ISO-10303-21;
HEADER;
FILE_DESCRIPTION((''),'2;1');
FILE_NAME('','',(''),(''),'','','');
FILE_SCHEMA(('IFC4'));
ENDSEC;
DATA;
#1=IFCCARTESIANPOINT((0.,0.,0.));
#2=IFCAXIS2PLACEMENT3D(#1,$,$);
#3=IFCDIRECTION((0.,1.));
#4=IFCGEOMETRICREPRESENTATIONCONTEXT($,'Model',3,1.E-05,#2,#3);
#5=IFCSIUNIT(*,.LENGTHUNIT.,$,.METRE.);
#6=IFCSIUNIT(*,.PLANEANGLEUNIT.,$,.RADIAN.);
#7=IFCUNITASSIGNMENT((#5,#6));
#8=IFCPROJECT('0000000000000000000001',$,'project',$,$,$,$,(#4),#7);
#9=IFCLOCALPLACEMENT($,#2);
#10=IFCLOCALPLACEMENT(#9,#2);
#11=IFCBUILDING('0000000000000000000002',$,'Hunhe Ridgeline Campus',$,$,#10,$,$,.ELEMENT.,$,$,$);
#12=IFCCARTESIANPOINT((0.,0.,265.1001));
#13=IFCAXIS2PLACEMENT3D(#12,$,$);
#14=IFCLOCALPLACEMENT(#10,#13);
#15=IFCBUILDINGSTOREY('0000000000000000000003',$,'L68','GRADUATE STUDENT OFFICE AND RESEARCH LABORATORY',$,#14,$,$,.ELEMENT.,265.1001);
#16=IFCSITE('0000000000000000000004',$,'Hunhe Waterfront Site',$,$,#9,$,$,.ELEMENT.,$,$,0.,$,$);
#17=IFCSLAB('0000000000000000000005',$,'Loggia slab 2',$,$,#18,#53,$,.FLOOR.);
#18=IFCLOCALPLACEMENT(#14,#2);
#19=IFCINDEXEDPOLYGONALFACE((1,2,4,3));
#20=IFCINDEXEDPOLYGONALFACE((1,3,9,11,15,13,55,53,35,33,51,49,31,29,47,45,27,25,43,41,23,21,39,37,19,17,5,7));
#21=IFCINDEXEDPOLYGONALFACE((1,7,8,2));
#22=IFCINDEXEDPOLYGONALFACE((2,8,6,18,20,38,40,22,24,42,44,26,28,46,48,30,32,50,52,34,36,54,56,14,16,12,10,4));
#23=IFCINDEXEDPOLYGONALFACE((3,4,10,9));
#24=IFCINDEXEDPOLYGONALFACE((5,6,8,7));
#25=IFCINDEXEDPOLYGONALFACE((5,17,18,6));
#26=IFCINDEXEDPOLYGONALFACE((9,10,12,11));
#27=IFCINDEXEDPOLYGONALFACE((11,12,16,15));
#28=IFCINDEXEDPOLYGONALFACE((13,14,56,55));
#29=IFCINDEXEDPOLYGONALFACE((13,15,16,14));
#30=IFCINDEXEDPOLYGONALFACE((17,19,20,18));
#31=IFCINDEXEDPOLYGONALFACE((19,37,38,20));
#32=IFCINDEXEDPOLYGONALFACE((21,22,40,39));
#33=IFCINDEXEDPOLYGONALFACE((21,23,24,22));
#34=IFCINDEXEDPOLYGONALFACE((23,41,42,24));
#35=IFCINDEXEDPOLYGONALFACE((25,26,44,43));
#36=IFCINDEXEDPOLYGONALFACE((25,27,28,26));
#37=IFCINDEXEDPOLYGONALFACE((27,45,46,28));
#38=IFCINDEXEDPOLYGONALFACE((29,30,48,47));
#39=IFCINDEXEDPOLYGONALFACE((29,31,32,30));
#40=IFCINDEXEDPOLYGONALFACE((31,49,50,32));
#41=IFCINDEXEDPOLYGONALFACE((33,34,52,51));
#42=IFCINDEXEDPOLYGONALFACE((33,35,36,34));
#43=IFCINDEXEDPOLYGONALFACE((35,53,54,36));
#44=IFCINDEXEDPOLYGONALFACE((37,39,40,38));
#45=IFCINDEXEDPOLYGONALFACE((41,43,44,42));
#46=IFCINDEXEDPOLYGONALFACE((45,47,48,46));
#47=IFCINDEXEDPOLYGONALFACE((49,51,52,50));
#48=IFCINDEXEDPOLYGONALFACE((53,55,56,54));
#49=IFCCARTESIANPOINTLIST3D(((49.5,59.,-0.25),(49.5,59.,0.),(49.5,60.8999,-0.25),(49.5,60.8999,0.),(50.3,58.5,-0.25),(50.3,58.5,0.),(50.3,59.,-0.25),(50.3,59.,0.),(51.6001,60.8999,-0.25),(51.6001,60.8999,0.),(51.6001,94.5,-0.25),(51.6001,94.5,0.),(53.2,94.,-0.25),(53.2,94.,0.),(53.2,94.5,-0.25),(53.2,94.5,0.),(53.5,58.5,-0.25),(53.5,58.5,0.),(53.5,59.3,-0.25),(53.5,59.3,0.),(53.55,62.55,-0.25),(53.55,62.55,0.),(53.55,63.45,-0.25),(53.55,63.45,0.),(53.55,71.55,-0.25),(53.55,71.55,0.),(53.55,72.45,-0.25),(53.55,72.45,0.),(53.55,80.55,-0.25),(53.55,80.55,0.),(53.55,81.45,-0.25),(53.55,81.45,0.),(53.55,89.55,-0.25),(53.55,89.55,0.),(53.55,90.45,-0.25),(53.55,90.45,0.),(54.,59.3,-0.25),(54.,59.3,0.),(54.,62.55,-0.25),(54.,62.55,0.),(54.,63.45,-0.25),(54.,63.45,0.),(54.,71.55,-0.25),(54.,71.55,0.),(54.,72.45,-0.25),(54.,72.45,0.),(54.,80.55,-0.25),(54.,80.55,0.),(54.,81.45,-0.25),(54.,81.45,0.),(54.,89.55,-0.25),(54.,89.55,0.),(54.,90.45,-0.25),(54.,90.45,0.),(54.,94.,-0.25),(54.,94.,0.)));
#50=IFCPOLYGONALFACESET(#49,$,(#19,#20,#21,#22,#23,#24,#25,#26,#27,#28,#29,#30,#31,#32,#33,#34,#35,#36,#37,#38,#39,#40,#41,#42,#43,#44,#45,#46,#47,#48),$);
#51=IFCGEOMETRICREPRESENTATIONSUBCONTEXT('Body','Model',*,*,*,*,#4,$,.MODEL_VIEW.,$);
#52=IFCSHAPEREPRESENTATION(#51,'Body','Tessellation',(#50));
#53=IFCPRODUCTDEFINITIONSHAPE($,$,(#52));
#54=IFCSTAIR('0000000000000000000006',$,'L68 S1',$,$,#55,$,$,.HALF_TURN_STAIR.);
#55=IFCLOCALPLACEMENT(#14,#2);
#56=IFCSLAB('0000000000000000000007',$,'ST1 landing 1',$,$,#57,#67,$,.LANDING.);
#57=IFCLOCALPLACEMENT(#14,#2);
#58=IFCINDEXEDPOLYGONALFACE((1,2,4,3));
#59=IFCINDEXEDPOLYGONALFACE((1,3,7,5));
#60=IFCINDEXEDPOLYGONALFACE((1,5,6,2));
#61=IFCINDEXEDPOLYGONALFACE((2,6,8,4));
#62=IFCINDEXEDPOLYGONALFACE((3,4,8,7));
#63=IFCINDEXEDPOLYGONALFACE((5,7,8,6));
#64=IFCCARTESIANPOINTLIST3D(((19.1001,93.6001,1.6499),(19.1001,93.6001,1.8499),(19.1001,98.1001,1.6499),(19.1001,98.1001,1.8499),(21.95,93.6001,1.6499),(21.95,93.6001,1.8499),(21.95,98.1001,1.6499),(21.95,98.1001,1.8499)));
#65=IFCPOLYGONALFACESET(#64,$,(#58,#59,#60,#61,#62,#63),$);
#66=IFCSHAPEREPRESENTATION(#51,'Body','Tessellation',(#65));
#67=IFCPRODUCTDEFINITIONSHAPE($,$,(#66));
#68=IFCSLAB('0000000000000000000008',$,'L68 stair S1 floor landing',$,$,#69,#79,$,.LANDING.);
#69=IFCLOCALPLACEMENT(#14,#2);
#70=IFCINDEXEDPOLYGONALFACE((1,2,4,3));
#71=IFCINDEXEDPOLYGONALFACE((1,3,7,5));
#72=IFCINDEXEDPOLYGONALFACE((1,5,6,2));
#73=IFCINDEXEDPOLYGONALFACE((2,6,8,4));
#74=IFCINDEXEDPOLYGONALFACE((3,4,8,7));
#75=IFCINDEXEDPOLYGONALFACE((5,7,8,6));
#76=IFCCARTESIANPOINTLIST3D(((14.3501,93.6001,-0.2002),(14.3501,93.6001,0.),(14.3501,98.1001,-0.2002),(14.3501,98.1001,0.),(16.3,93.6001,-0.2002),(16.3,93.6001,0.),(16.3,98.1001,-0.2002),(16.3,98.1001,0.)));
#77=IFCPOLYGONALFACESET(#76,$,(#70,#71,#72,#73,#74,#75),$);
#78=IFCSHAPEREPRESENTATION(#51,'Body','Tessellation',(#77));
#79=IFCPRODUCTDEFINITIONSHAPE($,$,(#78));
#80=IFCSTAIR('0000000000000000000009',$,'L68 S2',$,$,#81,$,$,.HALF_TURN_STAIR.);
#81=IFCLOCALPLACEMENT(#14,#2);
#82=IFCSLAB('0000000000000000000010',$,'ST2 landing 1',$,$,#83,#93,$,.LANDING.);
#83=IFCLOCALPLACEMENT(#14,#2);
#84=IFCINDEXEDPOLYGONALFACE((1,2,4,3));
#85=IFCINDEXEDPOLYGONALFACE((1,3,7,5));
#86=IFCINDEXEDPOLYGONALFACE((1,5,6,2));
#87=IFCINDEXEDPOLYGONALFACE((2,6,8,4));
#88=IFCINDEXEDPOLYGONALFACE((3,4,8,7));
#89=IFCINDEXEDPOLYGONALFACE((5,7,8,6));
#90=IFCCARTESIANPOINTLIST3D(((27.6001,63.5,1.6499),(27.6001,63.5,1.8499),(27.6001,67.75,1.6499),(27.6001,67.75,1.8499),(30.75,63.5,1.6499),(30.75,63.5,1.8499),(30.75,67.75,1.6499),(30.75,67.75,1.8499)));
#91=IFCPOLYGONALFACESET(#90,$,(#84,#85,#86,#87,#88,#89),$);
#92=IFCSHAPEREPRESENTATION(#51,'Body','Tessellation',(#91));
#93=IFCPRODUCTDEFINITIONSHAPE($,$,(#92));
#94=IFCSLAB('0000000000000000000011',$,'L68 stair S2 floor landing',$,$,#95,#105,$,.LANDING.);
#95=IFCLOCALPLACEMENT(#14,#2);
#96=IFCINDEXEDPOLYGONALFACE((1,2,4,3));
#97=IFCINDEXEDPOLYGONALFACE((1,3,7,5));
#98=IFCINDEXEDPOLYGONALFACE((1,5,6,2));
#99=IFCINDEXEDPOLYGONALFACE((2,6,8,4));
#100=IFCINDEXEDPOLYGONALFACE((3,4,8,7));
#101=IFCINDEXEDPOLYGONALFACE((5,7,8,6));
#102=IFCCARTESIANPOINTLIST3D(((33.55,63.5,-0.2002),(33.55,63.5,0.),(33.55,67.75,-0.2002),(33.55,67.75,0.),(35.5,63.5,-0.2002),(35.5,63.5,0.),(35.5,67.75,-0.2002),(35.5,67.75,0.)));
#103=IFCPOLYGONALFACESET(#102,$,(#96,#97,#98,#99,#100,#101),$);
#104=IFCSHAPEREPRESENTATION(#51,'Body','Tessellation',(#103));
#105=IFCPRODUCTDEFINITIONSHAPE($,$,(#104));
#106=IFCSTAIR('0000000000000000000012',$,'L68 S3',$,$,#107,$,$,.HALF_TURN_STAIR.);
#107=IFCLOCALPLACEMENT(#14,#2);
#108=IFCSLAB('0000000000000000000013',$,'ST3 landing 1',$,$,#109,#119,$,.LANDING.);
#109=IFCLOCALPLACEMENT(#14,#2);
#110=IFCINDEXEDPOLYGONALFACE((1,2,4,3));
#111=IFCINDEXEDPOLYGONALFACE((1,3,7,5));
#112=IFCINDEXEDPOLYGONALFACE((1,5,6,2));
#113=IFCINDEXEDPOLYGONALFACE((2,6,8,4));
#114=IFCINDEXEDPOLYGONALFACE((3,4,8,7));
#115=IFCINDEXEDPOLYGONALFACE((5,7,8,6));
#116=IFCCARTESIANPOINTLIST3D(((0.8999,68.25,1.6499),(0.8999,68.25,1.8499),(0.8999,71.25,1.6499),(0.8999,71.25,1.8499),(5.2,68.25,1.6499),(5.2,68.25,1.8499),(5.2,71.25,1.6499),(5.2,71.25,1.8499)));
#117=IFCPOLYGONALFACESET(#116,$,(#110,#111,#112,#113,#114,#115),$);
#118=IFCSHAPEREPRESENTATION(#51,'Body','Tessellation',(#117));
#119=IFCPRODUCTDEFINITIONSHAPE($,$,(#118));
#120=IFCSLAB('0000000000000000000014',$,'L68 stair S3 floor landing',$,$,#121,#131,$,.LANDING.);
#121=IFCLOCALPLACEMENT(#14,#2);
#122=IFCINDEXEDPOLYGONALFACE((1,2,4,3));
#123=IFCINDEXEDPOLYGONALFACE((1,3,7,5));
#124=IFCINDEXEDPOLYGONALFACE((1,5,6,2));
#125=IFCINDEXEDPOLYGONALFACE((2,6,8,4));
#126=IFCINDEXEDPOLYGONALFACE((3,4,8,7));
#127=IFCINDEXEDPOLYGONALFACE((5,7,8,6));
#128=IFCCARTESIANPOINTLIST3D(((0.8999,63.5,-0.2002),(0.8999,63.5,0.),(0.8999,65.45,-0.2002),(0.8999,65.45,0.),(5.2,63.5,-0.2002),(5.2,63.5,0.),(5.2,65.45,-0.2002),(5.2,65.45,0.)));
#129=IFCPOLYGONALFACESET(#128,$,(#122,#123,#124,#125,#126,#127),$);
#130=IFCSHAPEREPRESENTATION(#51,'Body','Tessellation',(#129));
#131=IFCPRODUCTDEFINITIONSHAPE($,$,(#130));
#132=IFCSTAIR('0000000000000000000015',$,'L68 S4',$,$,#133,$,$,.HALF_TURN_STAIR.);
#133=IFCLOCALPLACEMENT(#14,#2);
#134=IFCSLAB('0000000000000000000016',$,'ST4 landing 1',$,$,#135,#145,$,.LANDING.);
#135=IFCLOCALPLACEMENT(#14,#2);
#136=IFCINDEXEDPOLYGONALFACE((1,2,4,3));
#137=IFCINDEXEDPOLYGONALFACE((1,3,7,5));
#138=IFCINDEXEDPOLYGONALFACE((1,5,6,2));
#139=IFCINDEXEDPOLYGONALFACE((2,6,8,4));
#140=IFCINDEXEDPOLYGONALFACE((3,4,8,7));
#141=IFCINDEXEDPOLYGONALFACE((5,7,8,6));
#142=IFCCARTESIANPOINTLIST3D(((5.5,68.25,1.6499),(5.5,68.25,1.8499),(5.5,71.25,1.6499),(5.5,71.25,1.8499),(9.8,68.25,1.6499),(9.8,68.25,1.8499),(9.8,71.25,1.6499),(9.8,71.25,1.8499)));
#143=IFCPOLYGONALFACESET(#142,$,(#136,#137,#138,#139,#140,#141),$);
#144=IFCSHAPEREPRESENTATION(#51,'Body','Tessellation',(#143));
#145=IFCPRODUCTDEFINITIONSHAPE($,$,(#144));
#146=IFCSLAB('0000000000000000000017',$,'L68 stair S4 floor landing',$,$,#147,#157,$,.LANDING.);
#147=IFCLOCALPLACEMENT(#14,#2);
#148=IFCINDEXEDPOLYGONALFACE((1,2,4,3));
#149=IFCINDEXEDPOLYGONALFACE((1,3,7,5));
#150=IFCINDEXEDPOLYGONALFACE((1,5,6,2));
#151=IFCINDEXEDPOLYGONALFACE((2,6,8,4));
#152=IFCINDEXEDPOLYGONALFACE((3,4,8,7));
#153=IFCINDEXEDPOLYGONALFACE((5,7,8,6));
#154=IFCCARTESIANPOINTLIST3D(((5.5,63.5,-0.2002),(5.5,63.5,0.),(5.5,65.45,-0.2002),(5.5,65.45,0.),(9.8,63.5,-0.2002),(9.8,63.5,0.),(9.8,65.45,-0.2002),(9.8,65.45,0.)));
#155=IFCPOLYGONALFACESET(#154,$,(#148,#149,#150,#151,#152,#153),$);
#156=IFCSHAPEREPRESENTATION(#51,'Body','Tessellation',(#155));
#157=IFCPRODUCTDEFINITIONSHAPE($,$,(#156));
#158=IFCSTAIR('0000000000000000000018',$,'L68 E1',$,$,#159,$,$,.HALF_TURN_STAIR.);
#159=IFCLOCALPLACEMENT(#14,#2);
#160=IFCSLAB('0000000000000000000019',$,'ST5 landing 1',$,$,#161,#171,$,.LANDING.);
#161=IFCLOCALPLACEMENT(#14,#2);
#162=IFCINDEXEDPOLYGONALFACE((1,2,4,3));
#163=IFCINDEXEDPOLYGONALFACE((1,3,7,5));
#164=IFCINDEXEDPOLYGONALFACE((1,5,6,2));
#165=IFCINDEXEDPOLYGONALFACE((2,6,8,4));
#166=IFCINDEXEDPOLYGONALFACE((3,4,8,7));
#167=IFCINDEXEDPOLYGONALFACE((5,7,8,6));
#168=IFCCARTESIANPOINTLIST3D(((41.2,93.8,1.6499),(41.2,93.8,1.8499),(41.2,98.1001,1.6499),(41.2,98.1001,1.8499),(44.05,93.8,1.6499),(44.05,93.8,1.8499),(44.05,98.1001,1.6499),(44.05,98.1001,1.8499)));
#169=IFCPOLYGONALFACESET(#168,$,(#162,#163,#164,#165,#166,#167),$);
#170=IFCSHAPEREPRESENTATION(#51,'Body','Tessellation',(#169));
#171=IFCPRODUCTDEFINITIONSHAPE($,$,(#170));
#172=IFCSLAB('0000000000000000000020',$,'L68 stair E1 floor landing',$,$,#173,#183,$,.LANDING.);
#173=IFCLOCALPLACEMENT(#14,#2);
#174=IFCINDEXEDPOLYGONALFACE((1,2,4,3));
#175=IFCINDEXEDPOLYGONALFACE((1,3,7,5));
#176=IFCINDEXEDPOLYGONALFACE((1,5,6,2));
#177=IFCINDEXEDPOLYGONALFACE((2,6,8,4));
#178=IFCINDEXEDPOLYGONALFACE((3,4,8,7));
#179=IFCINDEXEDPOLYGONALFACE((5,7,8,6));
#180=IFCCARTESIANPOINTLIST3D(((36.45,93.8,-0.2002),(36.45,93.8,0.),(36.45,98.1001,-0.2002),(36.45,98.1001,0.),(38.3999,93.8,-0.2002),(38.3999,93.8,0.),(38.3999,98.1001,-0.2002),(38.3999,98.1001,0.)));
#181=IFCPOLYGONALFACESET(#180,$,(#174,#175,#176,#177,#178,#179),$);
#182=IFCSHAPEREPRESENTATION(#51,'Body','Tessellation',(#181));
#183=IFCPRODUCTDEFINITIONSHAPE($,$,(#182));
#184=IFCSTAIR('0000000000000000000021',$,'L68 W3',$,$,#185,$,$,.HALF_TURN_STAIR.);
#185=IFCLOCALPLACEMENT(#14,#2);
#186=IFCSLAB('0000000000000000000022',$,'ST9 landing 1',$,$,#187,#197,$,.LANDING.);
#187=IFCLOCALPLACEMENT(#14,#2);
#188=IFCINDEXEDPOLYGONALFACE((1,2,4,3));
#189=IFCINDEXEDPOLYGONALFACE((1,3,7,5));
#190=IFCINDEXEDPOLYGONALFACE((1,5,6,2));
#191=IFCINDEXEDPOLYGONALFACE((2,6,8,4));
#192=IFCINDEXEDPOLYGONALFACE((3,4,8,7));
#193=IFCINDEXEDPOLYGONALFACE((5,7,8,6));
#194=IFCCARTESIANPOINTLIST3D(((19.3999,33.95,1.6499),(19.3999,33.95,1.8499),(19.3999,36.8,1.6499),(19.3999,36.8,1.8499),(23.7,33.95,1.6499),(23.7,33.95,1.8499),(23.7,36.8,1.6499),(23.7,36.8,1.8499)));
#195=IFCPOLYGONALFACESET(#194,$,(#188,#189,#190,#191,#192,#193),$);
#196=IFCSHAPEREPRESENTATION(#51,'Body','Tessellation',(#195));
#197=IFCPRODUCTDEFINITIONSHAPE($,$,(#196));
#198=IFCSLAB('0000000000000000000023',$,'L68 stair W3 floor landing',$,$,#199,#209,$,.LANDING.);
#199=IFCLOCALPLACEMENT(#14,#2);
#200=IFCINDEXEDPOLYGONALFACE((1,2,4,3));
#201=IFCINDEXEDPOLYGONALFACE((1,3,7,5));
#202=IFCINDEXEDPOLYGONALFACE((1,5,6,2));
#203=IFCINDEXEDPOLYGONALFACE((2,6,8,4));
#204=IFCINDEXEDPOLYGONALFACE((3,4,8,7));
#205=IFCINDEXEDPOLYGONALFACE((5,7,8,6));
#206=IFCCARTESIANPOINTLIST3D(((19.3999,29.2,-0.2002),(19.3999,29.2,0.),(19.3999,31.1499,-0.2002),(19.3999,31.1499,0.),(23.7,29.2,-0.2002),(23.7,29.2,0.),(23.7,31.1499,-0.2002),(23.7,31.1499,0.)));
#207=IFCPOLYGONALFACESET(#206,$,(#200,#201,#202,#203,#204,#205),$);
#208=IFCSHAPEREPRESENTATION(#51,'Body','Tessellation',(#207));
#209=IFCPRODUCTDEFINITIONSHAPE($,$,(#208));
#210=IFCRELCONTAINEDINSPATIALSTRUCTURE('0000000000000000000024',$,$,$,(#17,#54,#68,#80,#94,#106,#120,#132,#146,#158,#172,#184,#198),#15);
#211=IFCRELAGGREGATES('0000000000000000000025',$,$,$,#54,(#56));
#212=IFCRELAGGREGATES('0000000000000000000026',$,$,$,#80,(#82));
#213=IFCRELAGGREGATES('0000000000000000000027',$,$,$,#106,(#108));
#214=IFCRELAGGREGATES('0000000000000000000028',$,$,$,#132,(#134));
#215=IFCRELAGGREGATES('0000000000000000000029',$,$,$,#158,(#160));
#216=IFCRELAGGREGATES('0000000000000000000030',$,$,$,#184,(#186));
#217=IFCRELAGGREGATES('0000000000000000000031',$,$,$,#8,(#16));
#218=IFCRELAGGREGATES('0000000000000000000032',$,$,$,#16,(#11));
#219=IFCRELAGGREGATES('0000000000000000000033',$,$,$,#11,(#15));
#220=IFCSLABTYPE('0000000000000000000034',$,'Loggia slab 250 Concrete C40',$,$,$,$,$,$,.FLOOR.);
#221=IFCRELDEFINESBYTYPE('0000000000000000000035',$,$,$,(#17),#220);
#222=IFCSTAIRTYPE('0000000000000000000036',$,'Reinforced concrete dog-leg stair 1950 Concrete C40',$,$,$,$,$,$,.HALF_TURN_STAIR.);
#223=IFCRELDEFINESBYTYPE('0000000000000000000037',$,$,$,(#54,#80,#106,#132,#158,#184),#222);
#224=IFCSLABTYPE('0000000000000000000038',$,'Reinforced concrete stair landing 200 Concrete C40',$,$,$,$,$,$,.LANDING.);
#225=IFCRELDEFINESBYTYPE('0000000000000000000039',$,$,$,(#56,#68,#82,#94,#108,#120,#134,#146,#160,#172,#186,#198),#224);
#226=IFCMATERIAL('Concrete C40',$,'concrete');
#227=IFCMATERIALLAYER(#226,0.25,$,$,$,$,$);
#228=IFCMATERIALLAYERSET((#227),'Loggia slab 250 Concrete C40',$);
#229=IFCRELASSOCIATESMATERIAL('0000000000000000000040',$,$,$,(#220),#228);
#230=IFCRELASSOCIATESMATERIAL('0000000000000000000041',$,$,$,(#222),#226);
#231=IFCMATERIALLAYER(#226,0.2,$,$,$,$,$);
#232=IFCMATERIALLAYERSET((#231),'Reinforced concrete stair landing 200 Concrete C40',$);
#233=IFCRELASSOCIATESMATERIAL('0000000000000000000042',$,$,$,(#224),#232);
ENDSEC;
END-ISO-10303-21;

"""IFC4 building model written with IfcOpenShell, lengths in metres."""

from ifc_helpers import new_model, si_unit, direction, frame, origin, place, context, subcontext, project, spatial, polyline, outline, extrude, material, layer, layer_set, type_object, element, aggregate, save


model = new_model("IFC4")

# Units and contexts
model_context = context("Model", 3, precision=1e-05, world=origin(), true_north=direction((0.0, 1.0)))
body_context = subcontext(model_context, "Body", "Model", "MODEL_VIEW")
ifc_project = project(units=[si_unit("LENGTHUNIT", "METRE"), si_unit("PLANEANGLEUNIT", "RADIAN")], contexts=[model_context])

# Site, building, storey
site_placement = place(None, origin())
site = spatial("IfcSite", under=ifc_project, at=site_placement, Name="Hunhe Waterfront Site", CompositionType="ELEMENT", RefElevation=0.0)
building_placement = place(site_placement, origin())
building = spatial("IfcBuilding", under=site, at=building_placement, Name="Hunhe Ridgeline Campus", CompositionType="ELEMENT")
storey_placement = place(building_placement, frame((0.0, 0.0, 265.1001)))
storey = spatial("IfcBuildingStorey", under=building, at=storey_placement, Name="L68", Description="GRADUATE STUDENT OFFICE AND RESEARCH LABORATORY", CompositionType="ELEMENT", Elevation=265.1001)

# Slab
ifc_material_1 = material(Name="Concrete C40", Category="concrete")
ifc_layer_1 = layer(ifc_material_1, 0.25)
ifc_layer_set_1 = layer_set([ifc_layer_1], Name="Loggia slab 250 Concrete C40")
slab_type_1 = type_object("IfcSlabType", Name="Loggia slab 250 Concrete C40", PredefinedType="FLOOR", material=ifc_layer_set_1)
slab_1_placement = place(storey_placement, frame((0.0, 0.0, -0.25)))
element("IfcSlab", 1, at=slab_1_placement, inside=storey, type_object=slab_type_1, Name="Loggia slab 2", PredefinedType="FLOOR", context=body_context, shape_type="SweptSolid", body=[
    extrude(outline(polyline([(49.5, 59.0), (50.3, 59.0), (50.3, 58.5), (53.5, 58.5), (53.5, 59.3), (54.0, 59.3), (54.0, 62.55), (53.55, 62.55), (53.55, 63.45), (54.0, 63.45), (54.0, 71.55), (53.55, 71.55), (53.55, 72.45), (54.0, 72.45), (54.0, 80.55), (53.55, 80.55), (53.55, 81.45), (54.0, 81.45), (54.0, 89.55), (53.55, 89.55), (53.55, 90.45), (54.0, 90.45), (54.0, 94.0), (53.2, 94.0), (53.2, 94.5), (51.6001, 94.5), (51.6001, 60.8999), (49.5, 60.8999), (49.5, 59.0)])), origin(), (0.0, 0.0, 1.0), 0.25),
])

# Stair, slab
stair_type = type_object("IfcStairType", Name="Reinforced concrete dog-leg stair 1950 Concrete C40", PredefinedType="HALF_TURN_STAIR", material=ifc_material_1)
stair_1_placement = place(storey_placement, origin())
stair_1 = element("IfcStair", 2, at=stair_1_placement, inside=storey, type_object=stair_type, Name="L68 S1", PredefinedType="HALF_TURN_STAIR")
ifc_layer_2 = layer(ifc_material_1, 0.2)
ifc_layer_set_2 = layer_set([ifc_layer_2], Name="Reinforced concrete stair landing 200 Concrete C40")
slab_type_2 = type_object("IfcSlabType", Name="Reinforced concrete stair landing 200 Concrete C40", PredefinedType="LANDING", material=ifc_layer_set_2)
slab_2_placement = place(storey_placement, frame((0.0, 0.0, 1.6499)))
slab_2 = element("IfcSlab", 3, at=slab_2_placement, type_object=slab_type_2, Name="ST1 landing 1", PredefinedType="LANDING", context=body_context, shape_type="SweptSolid", body=[
    extrude(outline(polyline([(19.1001, 93.6001), (21.95, 93.6001), (21.95, 98.1001), (19.1001, 98.1001), (19.1001, 93.6001)])), origin(), (0.0, 0.0, 1.0), 0.2),
])
aggregate(stair_1, [slab_2])

# Slab
slab_3_placement = place(storey_placement, frame((0.0, 0.0, -0.2002)))
element("IfcSlab", 4, at=slab_3_placement, inside=storey, type_object=slab_type_2, Name="L68 stair S1 floor landing", PredefinedType="LANDING", context=body_context, shape_type="SweptSolid", body=[
    extrude(outline(polyline([(14.3501, 93.6001), (16.3, 93.6001), (16.3, 98.1001), (14.3501, 98.1001), (14.3501, 93.6001)])), origin(), (0.0, 0.0, 1.0), 0.2002),
])

# Stair, slab
stair_2_placement = place(storey_placement, origin())
stair_2 = element("IfcStair", 5, at=stair_2_placement, inside=storey, type_object=stair_type, Name="L68 S2", PredefinedType="HALF_TURN_STAIR")
slab_4_placement = place(storey_placement, frame((0.0, 0.0, 1.6499)))
slab_4 = element("IfcSlab", 6, at=slab_4_placement, type_object=slab_type_2, Name="ST2 landing 1", PredefinedType="LANDING", context=body_context, shape_type="SweptSolid", body=[
    extrude(outline(polyline([(30.75, 67.75), (27.6001, 67.75), (27.6001, 63.5), (30.75, 63.5), (30.75, 67.75)])), origin(), (0.0, 0.0, 1.0), 0.2),
])
aggregate(stair_2, [slab_4])

# Slab
slab_5_placement = place(storey_placement, frame((0.0, 0.0, -0.2002)))
element("IfcSlab", 7, at=slab_5_placement, inside=storey, type_object=slab_type_2, Name="L68 stair S2 floor landing", PredefinedType="LANDING", context=body_context, shape_type="SweptSolid", body=[
    extrude(outline(polyline([(35.5, 67.75), (33.55, 67.75), (33.55, 63.5), (35.5, 63.5), (35.5, 67.75)])), origin(), (0.0, 0.0, 1.0), 0.2002),
])

# Stair, slab
stair_3_placement = place(storey_placement, origin())
stair_3 = element("IfcStair", 8, at=stair_3_placement, inside=storey, type_object=stair_type, Name="L68 S3", PredefinedType="HALF_TURN_STAIR")
slab_6_placement = place(storey_placement, frame((0.0, 0.0, 1.6499)))
slab_6 = element("IfcSlab", 9, at=slab_6_placement, type_object=slab_type_2, Name="ST3 landing 1", PredefinedType="LANDING", context=body_context, shape_type="SweptSolid", body=[
    extrude(outline(polyline([(5.2, 68.25), (5.2, 71.25), (0.8999, 71.25), (0.8999, 68.25), (5.2, 68.25)])), origin(), (0.0, 0.0, 1.0), 0.2),
])
aggregate(stair_3, [slab_6])

# Slab
slab_7_placement = place(storey_placement, frame((0.0, 0.0, -0.2002)))
element("IfcSlab", 10, at=slab_7_placement, inside=storey, type_object=slab_type_2, Name="L68 stair S3 floor landing", PredefinedType="LANDING", context=body_context, shape_type="SweptSolid", body=[
    extrude(outline(polyline([(5.2, 63.5), (5.2, 65.45), (0.8999, 65.45), (0.8999, 63.5), (5.2, 63.5)])), origin(), (0.0, 0.0, 1.0), 0.2002),
])

# Stair, slab
stair_4_placement = place(storey_placement, origin())
stair_4 = element("IfcStair", 11, at=stair_4_placement, inside=storey, type_object=stair_type, Name="L68 S4", PredefinedType="HALF_TURN_STAIR")
slab_8_placement = place(storey_placement, frame((0.0, 0.0, 1.6499)))
slab_8 = element("IfcSlab", 12, at=slab_8_placement, type_object=slab_type_2, Name="ST4 landing 1", PredefinedType="LANDING", context=body_context, shape_type="SweptSolid", body=[
    extrude(outline(polyline([(9.8, 68.25), (9.8, 71.25), (5.5, 71.25), (5.5, 68.25), (9.8, 68.25)])), origin(), (0.0, 0.0, 1.0), 0.2),
])
aggregate(stair_4, [slab_8])

# Slab
slab_9_placement = place(storey_placement, frame((0.0, 0.0, -0.2002)))
element("IfcSlab", 13, at=slab_9_placement, inside=storey, type_object=slab_type_2, Name="L68 stair S4 floor landing", PredefinedType="LANDING", context=body_context, shape_type="SweptSolid", body=[
    extrude(outline(polyline([(9.8, 63.5), (9.8, 65.45), (5.5, 65.45), (5.5, 63.5), (9.8, 63.5)])), origin(), (0.0, 0.0, 1.0), 0.2002),
])

# Stair, slab
stair_5_placement = place(storey_placement, origin())
stair_5 = element("IfcStair", 14, at=stair_5_placement, inside=storey, type_object=stair_type, Name="L68 E1", PredefinedType="HALF_TURN_STAIR")
slab_10_placement = place(storey_placement, frame((0.0, 0.0, 1.6499)))
slab_10 = element("IfcSlab", 15, at=slab_10_placement, type_object=slab_type_2, Name="ST5 landing 1", PredefinedType="LANDING", context=body_context, shape_type="SweptSolid", body=[
    extrude(outline(polyline([(41.2, 93.8), (44.05, 93.8), (44.05, 98.1001), (41.2, 98.1001), (41.2, 93.8)])), origin(), (0.0, 0.0, 1.0), 0.2),
])
aggregate(stair_5, [slab_10])

# Slab
slab_11_placement = place(storey_placement, frame((0.0, 0.0, -0.2002)))
element("IfcSlab", 16, at=slab_11_placement, inside=storey, type_object=slab_type_2, Name="L68 stair E1 floor landing", PredefinedType="LANDING", context=body_context, shape_type="SweptSolid", body=[
    extrude(outline(polyline([(36.45, 93.8), (38.3999, 93.8), (38.3999, 98.1001), (36.45, 98.1001), (36.45, 93.8)])), origin(), (0.0, 0.0, 1.0), 0.2002),
])

# Stair, slab
stair_6_placement = place(storey_placement, origin())
stair_6 = element("IfcStair", 17, at=stair_6_placement, inside=storey, type_object=stair_type, Name="L68 W3", PredefinedType="HALF_TURN_STAIR")
slab_12_placement = place(storey_placement, frame((0.0, 0.0, 1.6499)))
slab_12 = element("IfcSlab", 18, at=slab_12_placement, type_object=slab_type_2, Name="ST9 landing 1", PredefinedType="LANDING", context=body_context, shape_type="SweptSolid", body=[
    extrude(outline(polyline([(23.7, 33.95), (23.7, 36.8), (19.3999, 36.8), (19.3999, 33.95), (23.7, 33.95)])), origin(), (0.0, 0.0, 1.0), 0.2),
])
aggregate(stair_6, [slab_12])

# Slab
slab_13_placement = place(storey_placement, frame((0.0, 0.0, -0.2002)))
element("IfcSlab", 19, at=slab_13_placement, inside=storey, type_object=slab_type_2, Name="L68 stair W3 floor landing", PredefinedType="LANDING", context=body_context, shape_type="SweptSolid", body=[
    extrude(outline(polyline([(23.7, 29.2), (23.7, 31.1499), (19.3999, 31.1499), (19.3999, 29.2), (23.7, 29.2)])), origin(), (0.0, 0.0, 1.0), 0.2002),
])

save(model, "model.ifc")
